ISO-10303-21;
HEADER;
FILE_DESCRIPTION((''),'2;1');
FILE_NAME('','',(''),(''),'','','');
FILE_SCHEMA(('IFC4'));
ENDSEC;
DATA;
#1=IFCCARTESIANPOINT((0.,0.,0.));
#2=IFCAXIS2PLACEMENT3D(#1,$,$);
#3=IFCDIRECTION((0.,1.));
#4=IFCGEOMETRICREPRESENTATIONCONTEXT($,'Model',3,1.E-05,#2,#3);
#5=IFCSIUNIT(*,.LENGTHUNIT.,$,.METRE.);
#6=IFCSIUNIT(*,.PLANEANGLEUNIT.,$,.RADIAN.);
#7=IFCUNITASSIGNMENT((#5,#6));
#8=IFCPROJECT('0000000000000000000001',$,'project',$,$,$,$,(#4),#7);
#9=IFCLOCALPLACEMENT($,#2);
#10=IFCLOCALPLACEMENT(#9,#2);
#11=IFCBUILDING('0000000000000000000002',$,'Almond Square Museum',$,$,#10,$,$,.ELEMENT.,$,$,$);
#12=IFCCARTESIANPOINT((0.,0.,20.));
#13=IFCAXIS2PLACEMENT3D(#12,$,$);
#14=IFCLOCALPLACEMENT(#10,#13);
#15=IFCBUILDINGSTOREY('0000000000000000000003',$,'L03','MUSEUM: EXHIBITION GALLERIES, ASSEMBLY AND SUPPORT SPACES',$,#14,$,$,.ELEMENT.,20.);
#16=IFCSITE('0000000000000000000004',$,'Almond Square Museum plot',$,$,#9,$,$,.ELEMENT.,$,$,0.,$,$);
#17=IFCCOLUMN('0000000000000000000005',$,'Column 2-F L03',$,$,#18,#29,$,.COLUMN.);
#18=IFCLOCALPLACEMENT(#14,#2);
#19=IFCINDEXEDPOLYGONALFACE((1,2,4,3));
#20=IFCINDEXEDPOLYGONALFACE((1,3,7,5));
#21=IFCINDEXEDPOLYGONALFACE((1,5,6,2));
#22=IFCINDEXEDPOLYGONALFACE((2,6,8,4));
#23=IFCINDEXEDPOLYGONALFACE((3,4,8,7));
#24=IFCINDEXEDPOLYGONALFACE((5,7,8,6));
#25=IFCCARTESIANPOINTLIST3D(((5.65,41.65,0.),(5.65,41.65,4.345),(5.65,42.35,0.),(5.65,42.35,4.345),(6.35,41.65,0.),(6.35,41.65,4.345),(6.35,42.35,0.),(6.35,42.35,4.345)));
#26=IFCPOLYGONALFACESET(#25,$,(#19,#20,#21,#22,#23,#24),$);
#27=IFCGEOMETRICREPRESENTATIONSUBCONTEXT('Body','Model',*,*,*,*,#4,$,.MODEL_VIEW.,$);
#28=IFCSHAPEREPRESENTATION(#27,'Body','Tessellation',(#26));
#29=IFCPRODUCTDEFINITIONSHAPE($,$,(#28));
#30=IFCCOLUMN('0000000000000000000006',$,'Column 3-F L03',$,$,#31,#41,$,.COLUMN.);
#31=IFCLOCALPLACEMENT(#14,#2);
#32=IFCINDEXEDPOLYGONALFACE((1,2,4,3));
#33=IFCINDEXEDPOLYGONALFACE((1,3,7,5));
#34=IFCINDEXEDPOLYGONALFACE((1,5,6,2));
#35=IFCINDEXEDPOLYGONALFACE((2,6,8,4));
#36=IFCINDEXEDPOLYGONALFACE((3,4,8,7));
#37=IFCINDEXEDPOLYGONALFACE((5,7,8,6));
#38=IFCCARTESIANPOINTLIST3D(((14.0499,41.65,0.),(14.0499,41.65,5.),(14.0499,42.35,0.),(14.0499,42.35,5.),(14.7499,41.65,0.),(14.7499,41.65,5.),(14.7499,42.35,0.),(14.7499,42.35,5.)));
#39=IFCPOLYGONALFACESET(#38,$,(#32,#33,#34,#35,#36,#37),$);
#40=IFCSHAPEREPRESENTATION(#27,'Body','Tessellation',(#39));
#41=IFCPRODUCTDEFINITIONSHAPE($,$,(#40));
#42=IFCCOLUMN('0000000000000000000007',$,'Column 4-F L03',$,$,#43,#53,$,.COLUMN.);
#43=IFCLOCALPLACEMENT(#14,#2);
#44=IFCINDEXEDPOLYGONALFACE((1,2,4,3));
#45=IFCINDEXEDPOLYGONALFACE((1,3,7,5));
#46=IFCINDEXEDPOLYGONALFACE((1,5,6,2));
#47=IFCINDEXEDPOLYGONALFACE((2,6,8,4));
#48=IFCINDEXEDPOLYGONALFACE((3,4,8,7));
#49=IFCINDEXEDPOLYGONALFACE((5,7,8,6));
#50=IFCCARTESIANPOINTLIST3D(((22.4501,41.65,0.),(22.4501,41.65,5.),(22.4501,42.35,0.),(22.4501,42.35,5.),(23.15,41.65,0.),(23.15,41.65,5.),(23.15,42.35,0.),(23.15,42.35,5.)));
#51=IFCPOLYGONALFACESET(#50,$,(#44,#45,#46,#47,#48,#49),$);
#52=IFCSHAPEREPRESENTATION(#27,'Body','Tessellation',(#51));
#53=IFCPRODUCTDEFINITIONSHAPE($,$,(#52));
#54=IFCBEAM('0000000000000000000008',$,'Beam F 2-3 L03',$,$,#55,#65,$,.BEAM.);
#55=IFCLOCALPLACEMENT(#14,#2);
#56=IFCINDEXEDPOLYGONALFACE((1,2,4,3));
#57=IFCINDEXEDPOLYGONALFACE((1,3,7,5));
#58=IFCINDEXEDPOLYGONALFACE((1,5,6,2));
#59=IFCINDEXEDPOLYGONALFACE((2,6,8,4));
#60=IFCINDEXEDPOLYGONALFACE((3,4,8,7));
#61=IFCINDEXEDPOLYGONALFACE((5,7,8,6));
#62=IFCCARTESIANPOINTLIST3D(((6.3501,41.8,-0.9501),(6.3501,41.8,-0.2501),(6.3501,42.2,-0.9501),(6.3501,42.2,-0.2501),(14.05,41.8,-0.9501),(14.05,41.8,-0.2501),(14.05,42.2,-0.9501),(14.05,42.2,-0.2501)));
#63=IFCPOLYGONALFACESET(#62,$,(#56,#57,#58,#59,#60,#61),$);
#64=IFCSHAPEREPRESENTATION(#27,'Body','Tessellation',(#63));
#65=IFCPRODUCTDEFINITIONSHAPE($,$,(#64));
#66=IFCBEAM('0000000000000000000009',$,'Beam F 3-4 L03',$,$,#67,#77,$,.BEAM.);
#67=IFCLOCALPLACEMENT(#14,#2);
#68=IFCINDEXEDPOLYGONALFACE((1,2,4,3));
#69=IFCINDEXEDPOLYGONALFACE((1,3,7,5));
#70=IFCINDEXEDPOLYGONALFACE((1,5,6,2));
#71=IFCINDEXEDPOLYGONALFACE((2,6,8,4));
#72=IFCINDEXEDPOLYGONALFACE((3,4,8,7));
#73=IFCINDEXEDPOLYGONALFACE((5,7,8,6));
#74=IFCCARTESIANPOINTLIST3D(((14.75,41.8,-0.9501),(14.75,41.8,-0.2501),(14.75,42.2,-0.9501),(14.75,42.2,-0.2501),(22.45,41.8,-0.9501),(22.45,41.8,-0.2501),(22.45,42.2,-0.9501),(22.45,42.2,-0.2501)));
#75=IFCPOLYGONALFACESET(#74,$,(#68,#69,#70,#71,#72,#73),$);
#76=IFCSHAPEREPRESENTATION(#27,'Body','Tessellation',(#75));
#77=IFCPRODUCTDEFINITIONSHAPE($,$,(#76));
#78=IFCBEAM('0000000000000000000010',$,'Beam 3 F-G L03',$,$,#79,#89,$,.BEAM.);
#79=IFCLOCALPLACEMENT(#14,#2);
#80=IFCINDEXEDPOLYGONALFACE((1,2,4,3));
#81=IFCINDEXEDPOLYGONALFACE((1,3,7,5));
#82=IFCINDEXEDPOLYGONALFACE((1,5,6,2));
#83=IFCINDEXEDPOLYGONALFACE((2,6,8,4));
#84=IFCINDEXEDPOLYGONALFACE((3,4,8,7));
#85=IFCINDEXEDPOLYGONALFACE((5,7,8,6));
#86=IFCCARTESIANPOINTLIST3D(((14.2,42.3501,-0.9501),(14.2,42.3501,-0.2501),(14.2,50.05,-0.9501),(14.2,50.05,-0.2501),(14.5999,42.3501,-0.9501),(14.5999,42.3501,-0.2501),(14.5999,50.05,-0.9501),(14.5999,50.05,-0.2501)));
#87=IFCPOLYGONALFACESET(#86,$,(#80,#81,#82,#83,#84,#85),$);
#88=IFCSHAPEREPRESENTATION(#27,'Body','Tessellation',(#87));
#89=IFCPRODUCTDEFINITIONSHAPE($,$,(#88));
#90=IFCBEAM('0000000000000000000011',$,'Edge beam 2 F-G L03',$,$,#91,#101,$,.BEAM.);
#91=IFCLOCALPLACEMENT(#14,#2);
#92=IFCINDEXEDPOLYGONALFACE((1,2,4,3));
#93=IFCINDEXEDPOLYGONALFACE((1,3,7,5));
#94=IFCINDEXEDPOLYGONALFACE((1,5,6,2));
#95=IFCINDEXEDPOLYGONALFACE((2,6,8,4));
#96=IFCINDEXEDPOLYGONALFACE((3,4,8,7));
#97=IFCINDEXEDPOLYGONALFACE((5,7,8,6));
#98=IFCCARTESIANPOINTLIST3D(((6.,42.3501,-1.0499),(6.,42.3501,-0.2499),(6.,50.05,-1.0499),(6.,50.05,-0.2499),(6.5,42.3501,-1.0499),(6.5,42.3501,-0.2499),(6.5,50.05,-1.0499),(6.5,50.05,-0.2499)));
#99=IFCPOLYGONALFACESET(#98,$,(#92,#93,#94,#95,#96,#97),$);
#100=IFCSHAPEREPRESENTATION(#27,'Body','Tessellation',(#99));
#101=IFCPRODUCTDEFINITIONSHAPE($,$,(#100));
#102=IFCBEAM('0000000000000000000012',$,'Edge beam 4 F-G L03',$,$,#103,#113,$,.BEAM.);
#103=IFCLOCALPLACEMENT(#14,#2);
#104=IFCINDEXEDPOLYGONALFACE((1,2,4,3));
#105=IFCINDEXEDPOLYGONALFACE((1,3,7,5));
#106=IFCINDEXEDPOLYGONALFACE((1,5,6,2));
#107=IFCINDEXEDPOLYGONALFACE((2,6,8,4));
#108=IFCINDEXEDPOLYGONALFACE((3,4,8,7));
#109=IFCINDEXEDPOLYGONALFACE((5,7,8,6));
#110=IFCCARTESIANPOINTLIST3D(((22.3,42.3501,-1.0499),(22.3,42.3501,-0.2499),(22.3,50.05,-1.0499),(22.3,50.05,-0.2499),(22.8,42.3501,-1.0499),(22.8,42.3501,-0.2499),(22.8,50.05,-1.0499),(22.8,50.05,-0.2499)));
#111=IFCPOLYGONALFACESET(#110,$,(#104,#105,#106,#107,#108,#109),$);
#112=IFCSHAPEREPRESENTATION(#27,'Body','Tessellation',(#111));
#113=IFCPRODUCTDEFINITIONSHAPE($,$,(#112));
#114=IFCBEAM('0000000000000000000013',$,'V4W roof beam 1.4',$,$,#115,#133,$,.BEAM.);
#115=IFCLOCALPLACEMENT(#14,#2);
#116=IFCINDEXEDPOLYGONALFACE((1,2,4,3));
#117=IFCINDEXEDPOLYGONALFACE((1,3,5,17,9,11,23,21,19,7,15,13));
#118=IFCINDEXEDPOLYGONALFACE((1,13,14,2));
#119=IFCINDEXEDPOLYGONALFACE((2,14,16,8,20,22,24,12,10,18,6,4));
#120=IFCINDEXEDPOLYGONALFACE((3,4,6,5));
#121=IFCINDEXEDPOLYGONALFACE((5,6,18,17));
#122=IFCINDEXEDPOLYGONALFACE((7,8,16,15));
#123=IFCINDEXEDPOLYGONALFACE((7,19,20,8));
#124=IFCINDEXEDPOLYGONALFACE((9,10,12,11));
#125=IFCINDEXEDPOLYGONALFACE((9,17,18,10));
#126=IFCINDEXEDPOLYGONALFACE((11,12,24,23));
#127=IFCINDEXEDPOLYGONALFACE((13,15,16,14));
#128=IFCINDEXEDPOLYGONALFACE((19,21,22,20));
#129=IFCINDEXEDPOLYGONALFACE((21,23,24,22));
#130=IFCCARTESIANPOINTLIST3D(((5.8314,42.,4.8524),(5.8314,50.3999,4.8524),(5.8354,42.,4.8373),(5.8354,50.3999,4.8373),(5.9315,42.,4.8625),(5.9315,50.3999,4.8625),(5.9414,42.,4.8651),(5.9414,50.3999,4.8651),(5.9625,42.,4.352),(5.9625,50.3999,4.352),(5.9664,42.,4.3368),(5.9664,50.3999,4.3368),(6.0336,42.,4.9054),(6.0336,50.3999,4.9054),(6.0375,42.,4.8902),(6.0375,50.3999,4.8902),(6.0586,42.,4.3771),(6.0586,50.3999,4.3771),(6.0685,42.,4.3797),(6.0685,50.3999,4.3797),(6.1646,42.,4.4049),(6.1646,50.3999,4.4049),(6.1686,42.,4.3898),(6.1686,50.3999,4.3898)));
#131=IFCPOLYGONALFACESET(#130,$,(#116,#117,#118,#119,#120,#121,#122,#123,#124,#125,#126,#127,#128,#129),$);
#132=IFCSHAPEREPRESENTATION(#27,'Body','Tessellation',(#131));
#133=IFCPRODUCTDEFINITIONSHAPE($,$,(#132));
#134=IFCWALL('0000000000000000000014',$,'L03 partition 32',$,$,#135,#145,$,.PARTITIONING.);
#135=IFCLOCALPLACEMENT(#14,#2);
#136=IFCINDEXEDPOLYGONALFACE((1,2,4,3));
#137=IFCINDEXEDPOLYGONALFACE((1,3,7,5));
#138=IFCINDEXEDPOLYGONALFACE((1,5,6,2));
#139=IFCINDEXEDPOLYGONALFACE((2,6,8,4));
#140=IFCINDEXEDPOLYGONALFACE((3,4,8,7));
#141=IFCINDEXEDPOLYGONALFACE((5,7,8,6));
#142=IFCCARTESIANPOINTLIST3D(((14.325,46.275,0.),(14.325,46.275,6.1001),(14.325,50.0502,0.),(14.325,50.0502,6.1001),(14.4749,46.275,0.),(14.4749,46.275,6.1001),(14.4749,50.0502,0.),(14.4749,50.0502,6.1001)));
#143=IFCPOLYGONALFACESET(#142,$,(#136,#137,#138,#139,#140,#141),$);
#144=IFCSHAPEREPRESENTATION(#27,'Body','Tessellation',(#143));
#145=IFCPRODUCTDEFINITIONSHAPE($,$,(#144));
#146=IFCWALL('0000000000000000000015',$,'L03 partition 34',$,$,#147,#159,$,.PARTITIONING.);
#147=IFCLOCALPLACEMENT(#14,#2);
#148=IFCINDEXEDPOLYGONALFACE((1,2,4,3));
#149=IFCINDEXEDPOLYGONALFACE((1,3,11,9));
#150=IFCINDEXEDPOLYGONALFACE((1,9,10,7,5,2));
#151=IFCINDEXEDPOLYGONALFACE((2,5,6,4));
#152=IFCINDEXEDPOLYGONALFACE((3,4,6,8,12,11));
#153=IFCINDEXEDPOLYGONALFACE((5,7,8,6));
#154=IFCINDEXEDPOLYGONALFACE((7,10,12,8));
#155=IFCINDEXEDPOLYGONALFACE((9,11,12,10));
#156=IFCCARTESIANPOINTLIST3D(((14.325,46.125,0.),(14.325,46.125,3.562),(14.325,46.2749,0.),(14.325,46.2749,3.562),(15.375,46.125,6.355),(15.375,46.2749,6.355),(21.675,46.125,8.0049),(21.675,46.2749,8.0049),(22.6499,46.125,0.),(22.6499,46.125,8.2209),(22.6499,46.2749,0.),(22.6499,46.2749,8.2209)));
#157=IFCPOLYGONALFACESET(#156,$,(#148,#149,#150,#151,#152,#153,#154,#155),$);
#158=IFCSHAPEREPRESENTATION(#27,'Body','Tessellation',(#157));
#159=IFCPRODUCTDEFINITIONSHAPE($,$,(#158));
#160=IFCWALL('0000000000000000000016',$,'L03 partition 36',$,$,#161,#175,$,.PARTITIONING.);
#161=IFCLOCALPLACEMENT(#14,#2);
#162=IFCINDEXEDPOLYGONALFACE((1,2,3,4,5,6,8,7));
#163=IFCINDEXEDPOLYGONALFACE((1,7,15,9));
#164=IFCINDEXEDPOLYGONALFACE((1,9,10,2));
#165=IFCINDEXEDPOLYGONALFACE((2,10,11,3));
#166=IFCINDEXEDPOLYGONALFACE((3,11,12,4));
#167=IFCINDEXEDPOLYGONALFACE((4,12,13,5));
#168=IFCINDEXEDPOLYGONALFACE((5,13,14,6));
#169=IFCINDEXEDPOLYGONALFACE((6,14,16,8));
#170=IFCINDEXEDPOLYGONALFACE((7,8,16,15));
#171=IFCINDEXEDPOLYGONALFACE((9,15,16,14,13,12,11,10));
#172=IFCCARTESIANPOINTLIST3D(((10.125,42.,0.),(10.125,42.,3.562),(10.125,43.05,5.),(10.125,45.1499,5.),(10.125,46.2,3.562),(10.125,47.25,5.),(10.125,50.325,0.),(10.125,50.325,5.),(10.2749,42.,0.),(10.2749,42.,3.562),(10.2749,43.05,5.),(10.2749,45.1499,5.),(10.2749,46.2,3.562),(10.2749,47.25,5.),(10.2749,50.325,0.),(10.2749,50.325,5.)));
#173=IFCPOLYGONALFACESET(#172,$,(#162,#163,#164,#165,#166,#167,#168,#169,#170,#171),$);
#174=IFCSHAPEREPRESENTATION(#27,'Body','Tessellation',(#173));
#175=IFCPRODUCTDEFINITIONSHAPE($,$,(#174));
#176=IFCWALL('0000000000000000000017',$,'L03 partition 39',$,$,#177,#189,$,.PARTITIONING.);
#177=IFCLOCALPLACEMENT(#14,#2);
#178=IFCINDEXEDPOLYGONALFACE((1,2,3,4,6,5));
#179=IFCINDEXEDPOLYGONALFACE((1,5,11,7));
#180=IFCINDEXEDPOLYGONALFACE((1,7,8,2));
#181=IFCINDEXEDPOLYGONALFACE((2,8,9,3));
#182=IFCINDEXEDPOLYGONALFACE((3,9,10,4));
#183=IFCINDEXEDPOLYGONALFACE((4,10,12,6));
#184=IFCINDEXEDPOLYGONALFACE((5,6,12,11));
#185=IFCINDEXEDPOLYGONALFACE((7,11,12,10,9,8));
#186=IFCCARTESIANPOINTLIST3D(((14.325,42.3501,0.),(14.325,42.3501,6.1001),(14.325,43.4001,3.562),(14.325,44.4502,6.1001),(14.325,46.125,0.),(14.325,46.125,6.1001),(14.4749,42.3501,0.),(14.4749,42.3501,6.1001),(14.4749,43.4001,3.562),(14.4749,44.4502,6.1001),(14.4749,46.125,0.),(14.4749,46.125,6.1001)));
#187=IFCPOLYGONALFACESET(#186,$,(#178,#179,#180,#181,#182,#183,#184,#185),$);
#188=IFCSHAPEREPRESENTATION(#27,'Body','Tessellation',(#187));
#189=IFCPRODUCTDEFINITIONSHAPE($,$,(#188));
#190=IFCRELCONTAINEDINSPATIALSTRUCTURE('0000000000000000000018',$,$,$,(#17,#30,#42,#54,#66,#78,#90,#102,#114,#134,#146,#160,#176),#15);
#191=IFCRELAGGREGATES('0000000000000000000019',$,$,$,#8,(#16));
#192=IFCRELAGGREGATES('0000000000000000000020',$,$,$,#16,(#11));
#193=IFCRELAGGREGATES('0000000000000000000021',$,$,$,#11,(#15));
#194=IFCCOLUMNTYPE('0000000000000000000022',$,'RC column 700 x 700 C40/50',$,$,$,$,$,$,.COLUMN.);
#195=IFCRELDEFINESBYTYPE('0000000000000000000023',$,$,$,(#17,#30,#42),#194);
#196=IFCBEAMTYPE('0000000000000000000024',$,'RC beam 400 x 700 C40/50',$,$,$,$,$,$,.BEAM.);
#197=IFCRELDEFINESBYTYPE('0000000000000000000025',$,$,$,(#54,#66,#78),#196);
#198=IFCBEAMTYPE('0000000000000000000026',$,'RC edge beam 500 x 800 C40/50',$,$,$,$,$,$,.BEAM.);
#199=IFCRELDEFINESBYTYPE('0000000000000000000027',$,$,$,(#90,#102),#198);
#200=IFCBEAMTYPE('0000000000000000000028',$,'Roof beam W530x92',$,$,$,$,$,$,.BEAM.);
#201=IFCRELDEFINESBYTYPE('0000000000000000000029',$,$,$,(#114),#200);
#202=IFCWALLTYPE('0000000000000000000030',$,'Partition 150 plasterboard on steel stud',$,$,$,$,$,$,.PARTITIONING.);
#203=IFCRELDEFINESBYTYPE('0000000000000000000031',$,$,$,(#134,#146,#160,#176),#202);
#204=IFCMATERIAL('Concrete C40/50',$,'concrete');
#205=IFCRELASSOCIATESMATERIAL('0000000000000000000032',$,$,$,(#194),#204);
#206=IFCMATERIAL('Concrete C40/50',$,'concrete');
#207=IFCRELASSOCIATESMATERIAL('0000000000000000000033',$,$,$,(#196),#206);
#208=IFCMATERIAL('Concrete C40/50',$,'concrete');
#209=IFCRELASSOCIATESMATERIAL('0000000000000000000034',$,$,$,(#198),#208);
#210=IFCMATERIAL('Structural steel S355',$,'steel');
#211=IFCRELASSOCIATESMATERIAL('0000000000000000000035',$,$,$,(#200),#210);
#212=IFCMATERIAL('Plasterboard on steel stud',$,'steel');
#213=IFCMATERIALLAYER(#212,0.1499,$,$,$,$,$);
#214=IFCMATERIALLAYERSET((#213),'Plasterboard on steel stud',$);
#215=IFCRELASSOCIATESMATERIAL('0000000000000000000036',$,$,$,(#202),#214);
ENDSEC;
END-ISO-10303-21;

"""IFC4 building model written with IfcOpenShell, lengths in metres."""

from ifc_helpers import new_model, si_unit, direction, frame, frame_2d, origin, origin_2d, place, context, subcontext, project, spatial, polyline, rectangle, i_section, outline, extrude, material, layer, layer_set, material_profile, profile_set, type_object, element, save


model = new_model("IFC4")

# Units and contexts
model_context = context("Model", 3, precision=1e-05, world=origin(), true_north=direction((0.0, 1.0)))
body_context = subcontext(model_context, "Body", "Model", "MODEL_VIEW")
ifc_project = project(units=[si_unit("LENGTHUNIT", "METRE"), si_unit("PLANEANGLEUNIT", "RADIAN")], contexts=[model_context])

# Site, building, storey
site_placement = place(None, origin())
site = spatial("IfcSite", under=ifc_project, at=site_placement, Name="Almond Square Museum plot", CompositionType="ELEMENT", RefElevation=0.0)
building_placement = place(site_placement, origin())
building = spatial("IfcBuilding", under=site, at=building_placement, Name="Almond Square Museum", CompositionType="ELEMENT")
storey_placement = place(building_placement, frame((0.0, 0.0, 20.0)))
storey = spatial("IfcBuildingStorey", under=building, at=storey_placement, Name="L03", Description="MUSEUM: EXHIBITION GALLERIES, ASSEMBLY AND SUPPORT SPACES", CompositionType="ELEMENT", Elevation=20.0)

# Columns
ifc_material_1 = material(Name="Concrete C40/50", Category="concrete")
ifc_material_profile_1 = material_profile(ifc_material_1, rectangle(XDim=0.7, YDim=0.7, at=origin_2d()))
ifc_profile_set_1 = profile_set([ifc_material_profile_1], Name="Concrete C40/50")
column_type = type_object("IfcColumnType", Name="RC column 700 x 700 C40/50", PredefinedType="COLUMN", material=ifc_profile_set_1)
column_placement = place(storey_placement, frame((6.0, 42.0, 0.0), z_axis=(0.0, 0.0, 1.0), x_axis=(1.0, 0.0, 0.0)))
element("IfcColumn", 1, at=column_placement, inside=storey, type_object=column_type, Name="Column 2-F L03", PredefinedType="COLUMN", context=body_context, shape_type="SweptSolid", body=[
    extrude(rectangle(XDim=0.7, YDim=0.7, at=origin_2d()), origin(), (0.0, 0.0, 1.0), 4.345),
])
for number, where, z_axis, x_axis, name in (
    (2, (14.3999, 42.0, 0.0), (0.0, 0.0, 1.0), (1.0, 0.0, 0.0), "Column 3-F L03"),
    (3, (22.8, 42.0, 0.0), (0.0, 0.0, 1.0), (1.0, 0.0, 0.0), "Column 4-F L03"),
):
    element("IfcColumn", number, at=place(storey_placement, frame(where, z_axis=z_axis, x_axis=x_axis)), inside=storey, type_object=column_type, Name=name, PredefinedType="COLUMN", context=body_context, shape_type="SweptSolid", body=[
        extrude(rectangle(XDim=0.7, YDim=0.7, at=origin_2d()), origin(), (0.0, 0.0, 1.0), 5.0),
    ])

# Beams
ifc_material_2 = material(Name="Concrete C40/50", Category="concrete")
ifc_material_profile_2 = material_profile(ifc_material_2, rectangle(XDim=0.3999, YDim=0.7, at=origin_2d()))
ifc_profile_set_2 = profile_set([ifc_material_profile_2], Name="Concrete C40/50")
beam_type_1 = type_object("IfcBeamType", Name="RC beam 400 x 700 C40/50", PredefinedType="BEAM", material=ifc_profile_set_2)
for number, where, z_axis, x_axis, name in (
    (4, (6.3501, 42.0, -0.6001), (1.0, 0.0, 0.0), (0.0, 1.0, 0.0), "Beam F 2-3 L03"),
    (5, (14.75, 42.0, -0.6001), (1.0, 0.0, 0.0), (0.0, 1.0, 0.0), "Beam F 3-4 L03"),
    (6, (14.3999, 42.3501, -0.6001), (0.0, 1.0, 0.0), (-1.0, 0.0, 0.0), "Beam 3 F-G L03"),
):
    element("IfcBeam", number, at=place(storey_placement, frame(where, z_axis=z_axis, x_axis=x_axis)), inside=storey, type_object=beam_type_1, Name=name, PredefinedType="BEAM", context=body_context, shape_type="SweptSolid", body=[
        extrude(rectangle(XDim=0.3999, YDim=0.7, at=origin_2d()), origin(), (0.0, 0.0, 1.0), 7.7),
    ])
ifc_material_3 = material(Name="Concrete C40/50", Category="concrete")
ifc_material_profile_3 = material_profile(ifc_material_3, rectangle(XDim=0.5, YDim=0.8, at=origin_2d()))
ifc_profile_set_3 = profile_set([ifc_material_profile_3], Name="Concrete C40/50")
beam_type_2 = type_object("IfcBeamType", Name="RC edge beam 500 x 800 C40/50", PredefinedType="BEAM", material=ifc_profile_set_3)
for number, where, z_axis, x_axis, name in (
    (7, (6.25, 42.3501, -0.6499), (0.0, 1.0, 0.0), (-1.0, 0.0, 0.0), "Edge beam 2 F-G L03"),
    (8, (22.55, 42.3501, -0.6499), (0.0, 1.0, 0.0), (-1.0, 0.0, 0.0), "Edge beam 4 F-G L03"),
):
    element("IfcBeam", number, at=place(storey_placement, frame(where, z_axis=z_axis, x_axis=x_axis)), inside=storey, type_object=beam_type_2, Name=name, PredefinedType="BEAM", context=body_context, shape_type="SweptSolid", body=[
        extrude(rectangle(XDim=0.5, YDim=0.8, at=origin_2d()), origin(), (0.0, 0.0, 1.0), 7.7),
    ])
ifc_material_4 = material(Name="Structural steel S355", Category="steel")
ifc_material_profile_4 = material_profile(ifc_material_4, i_section(OverallWidth=0.209, OverallDepth=0.533, WebThickness=0.0103, FlangeThickness=0.0156, at=origin_2d()))
ifc_profile_set_4 = profile_set([ifc_material_profile_4], Name="Structural steel S355")
beam_type_3 = type_object("IfcBeamType", Name="Roof beam W530x92", PredefinedType="BEAM", material=ifc_profile_set_4)
beam_placement = place(storey_placement, frame((6.0, 42.0, 4.6211), z_axis=(0.0, 1.0, 0.0), x_axis=(-0.967372, 0.0, -0.25336)))
element("IfcBeam", 9, at=beam_placement, inside=storey, type_object=beam_type_3, Name="V4W roof beam 1.4", PredefinedType="BEAM", context=body_context, shape_type="SweptSolid", body=[
    extrude(i_section(OverallWidth=0.209, OverallDepth=0.533, WebThickness=0.0103, FlangeThickness=0.0156, at=origin_2d()), origin(), (0.0, 0.0, 1.0), 8.3999),
])

# Walls
ifc_material_5 = material(Name="Plasterboard on steel stud", Category="steel")
ifc_layer_1 = layer(ifc_material_5, 0.1499)
ifc_layer_set_1 = layer_set([ifc_layer_1], Name="Plasterboard on steel stud")
wall_type_1 = type_object("IfcWallType", Name="Partition 150 plasterboard on steel stud", PredefinedType="PARTITIONING", material=ifc_layer_set_1)
wall_1_placement = place(storey_placement, frame((14.3999, 46.2749, 0.0), z_axis=(0.0, 0.0, 1.0), x_axis=(0.0, 1.0, 0.0)))
element("IfcWall", 10, at=wall_1_placement, inside=storey, type_object=wall_type_1, Name="L03 partition 32", PredefinedType="PARTITIONING", context=body_context, shape_type="SweptSolid", body=[
    extrude(rectangle(XDim=3.7751, YDim=0.1499, at=frame_2d((1.8877, 0.0))), origin(), (0.0, 0.0, 1.0), 6.1001),
])
wall_2_placement = place(storey_placement, frame((14.325, 46.2, 0.0), z_axis=(0.0, 0.0, 1.0), x_axis=(1.0, 0.0, 0.0)))
element("IfcWall", 11, at=wall_2_placement, inside=storey, type_object=wall_type_1, Name="L03 partition 34", PredefinedType="PARTITIONING", context=body_context, shape_type="SweptSolid", body=[
    extrude(outline(polyline([(0.0, 0.0), (8.325, 0.0), (8.325, 8.2209), (7.3501, 8.0049), (1.05, 6.355), (0.0, 3.562), (0.0, 0.0)])), frame((0.0, 0.075, 0.0), z_axis=(0.0, -1.0, 0.0), x_axis=(1.0, 0.0, 0.0)), (0.0, 0.0, 1.0), 0.1499),
])
wall_3_placement = place(storey_placement, frame((10.2, 42.0, 0.0), z_axis=(0.0, 0.0, 1.0), x_axis=(0.0, 1.0, 0.0)))
element("IfcWall", 12, at=wall_3_placement, inside=storey, type_object=wall_type_1, Name="L03 partition 36", PredefinedType="PARTITIONING", context=body_context, shape_type="SweptSolid", body=[
    extrude(outline(polyline([(0.0, 0.0), (8.325, 0.0), (8.325, 5.0), (5.25, 5.0), (4.2, 3.562), (3.1499, 5.0), (1.05, 5.0), (0.0, 3.562), (0.0, 0.0)])), frame((0.0, 0.075, 0.0), z_axis=(0.0, -1.0, 0.0), x_axis=(1.0, 0.0, 0.0)), (0.0, 0.0, 1.0), 0.1499),
])
wall_4_placement = place(storey_placement, frame((14.3999, 42.3501, 0.0), z_axis=(0.0, 0.0, 1.0), x_axis=(0.0, 1.0, 0.0)))
element("IfcWall", 13, at=wall_4_placement, inside=storey, type_object=wall_type_1, Name="L03 partition 39", PredefinedType="PARTITIONING", context=body_context, shape_type="SweptSolid", body=[
    extrude(outline(polyline([(0.0, 0.0), (3.7749, 0.0), (3.7749, 6.1001), (2.1001, 6.1001), (1.05, 3.562), (0.0, 6.1001), (0.0, 0.0)])), frame((0.0, 0.075, 0.0), z_axis=(0.0, -1.0, 0.0), x_axis=(1.0, 0.0, 0.0)), (0.0, 0.0, 1.0), 0.1499),
])

save(model, "model.ifc")
